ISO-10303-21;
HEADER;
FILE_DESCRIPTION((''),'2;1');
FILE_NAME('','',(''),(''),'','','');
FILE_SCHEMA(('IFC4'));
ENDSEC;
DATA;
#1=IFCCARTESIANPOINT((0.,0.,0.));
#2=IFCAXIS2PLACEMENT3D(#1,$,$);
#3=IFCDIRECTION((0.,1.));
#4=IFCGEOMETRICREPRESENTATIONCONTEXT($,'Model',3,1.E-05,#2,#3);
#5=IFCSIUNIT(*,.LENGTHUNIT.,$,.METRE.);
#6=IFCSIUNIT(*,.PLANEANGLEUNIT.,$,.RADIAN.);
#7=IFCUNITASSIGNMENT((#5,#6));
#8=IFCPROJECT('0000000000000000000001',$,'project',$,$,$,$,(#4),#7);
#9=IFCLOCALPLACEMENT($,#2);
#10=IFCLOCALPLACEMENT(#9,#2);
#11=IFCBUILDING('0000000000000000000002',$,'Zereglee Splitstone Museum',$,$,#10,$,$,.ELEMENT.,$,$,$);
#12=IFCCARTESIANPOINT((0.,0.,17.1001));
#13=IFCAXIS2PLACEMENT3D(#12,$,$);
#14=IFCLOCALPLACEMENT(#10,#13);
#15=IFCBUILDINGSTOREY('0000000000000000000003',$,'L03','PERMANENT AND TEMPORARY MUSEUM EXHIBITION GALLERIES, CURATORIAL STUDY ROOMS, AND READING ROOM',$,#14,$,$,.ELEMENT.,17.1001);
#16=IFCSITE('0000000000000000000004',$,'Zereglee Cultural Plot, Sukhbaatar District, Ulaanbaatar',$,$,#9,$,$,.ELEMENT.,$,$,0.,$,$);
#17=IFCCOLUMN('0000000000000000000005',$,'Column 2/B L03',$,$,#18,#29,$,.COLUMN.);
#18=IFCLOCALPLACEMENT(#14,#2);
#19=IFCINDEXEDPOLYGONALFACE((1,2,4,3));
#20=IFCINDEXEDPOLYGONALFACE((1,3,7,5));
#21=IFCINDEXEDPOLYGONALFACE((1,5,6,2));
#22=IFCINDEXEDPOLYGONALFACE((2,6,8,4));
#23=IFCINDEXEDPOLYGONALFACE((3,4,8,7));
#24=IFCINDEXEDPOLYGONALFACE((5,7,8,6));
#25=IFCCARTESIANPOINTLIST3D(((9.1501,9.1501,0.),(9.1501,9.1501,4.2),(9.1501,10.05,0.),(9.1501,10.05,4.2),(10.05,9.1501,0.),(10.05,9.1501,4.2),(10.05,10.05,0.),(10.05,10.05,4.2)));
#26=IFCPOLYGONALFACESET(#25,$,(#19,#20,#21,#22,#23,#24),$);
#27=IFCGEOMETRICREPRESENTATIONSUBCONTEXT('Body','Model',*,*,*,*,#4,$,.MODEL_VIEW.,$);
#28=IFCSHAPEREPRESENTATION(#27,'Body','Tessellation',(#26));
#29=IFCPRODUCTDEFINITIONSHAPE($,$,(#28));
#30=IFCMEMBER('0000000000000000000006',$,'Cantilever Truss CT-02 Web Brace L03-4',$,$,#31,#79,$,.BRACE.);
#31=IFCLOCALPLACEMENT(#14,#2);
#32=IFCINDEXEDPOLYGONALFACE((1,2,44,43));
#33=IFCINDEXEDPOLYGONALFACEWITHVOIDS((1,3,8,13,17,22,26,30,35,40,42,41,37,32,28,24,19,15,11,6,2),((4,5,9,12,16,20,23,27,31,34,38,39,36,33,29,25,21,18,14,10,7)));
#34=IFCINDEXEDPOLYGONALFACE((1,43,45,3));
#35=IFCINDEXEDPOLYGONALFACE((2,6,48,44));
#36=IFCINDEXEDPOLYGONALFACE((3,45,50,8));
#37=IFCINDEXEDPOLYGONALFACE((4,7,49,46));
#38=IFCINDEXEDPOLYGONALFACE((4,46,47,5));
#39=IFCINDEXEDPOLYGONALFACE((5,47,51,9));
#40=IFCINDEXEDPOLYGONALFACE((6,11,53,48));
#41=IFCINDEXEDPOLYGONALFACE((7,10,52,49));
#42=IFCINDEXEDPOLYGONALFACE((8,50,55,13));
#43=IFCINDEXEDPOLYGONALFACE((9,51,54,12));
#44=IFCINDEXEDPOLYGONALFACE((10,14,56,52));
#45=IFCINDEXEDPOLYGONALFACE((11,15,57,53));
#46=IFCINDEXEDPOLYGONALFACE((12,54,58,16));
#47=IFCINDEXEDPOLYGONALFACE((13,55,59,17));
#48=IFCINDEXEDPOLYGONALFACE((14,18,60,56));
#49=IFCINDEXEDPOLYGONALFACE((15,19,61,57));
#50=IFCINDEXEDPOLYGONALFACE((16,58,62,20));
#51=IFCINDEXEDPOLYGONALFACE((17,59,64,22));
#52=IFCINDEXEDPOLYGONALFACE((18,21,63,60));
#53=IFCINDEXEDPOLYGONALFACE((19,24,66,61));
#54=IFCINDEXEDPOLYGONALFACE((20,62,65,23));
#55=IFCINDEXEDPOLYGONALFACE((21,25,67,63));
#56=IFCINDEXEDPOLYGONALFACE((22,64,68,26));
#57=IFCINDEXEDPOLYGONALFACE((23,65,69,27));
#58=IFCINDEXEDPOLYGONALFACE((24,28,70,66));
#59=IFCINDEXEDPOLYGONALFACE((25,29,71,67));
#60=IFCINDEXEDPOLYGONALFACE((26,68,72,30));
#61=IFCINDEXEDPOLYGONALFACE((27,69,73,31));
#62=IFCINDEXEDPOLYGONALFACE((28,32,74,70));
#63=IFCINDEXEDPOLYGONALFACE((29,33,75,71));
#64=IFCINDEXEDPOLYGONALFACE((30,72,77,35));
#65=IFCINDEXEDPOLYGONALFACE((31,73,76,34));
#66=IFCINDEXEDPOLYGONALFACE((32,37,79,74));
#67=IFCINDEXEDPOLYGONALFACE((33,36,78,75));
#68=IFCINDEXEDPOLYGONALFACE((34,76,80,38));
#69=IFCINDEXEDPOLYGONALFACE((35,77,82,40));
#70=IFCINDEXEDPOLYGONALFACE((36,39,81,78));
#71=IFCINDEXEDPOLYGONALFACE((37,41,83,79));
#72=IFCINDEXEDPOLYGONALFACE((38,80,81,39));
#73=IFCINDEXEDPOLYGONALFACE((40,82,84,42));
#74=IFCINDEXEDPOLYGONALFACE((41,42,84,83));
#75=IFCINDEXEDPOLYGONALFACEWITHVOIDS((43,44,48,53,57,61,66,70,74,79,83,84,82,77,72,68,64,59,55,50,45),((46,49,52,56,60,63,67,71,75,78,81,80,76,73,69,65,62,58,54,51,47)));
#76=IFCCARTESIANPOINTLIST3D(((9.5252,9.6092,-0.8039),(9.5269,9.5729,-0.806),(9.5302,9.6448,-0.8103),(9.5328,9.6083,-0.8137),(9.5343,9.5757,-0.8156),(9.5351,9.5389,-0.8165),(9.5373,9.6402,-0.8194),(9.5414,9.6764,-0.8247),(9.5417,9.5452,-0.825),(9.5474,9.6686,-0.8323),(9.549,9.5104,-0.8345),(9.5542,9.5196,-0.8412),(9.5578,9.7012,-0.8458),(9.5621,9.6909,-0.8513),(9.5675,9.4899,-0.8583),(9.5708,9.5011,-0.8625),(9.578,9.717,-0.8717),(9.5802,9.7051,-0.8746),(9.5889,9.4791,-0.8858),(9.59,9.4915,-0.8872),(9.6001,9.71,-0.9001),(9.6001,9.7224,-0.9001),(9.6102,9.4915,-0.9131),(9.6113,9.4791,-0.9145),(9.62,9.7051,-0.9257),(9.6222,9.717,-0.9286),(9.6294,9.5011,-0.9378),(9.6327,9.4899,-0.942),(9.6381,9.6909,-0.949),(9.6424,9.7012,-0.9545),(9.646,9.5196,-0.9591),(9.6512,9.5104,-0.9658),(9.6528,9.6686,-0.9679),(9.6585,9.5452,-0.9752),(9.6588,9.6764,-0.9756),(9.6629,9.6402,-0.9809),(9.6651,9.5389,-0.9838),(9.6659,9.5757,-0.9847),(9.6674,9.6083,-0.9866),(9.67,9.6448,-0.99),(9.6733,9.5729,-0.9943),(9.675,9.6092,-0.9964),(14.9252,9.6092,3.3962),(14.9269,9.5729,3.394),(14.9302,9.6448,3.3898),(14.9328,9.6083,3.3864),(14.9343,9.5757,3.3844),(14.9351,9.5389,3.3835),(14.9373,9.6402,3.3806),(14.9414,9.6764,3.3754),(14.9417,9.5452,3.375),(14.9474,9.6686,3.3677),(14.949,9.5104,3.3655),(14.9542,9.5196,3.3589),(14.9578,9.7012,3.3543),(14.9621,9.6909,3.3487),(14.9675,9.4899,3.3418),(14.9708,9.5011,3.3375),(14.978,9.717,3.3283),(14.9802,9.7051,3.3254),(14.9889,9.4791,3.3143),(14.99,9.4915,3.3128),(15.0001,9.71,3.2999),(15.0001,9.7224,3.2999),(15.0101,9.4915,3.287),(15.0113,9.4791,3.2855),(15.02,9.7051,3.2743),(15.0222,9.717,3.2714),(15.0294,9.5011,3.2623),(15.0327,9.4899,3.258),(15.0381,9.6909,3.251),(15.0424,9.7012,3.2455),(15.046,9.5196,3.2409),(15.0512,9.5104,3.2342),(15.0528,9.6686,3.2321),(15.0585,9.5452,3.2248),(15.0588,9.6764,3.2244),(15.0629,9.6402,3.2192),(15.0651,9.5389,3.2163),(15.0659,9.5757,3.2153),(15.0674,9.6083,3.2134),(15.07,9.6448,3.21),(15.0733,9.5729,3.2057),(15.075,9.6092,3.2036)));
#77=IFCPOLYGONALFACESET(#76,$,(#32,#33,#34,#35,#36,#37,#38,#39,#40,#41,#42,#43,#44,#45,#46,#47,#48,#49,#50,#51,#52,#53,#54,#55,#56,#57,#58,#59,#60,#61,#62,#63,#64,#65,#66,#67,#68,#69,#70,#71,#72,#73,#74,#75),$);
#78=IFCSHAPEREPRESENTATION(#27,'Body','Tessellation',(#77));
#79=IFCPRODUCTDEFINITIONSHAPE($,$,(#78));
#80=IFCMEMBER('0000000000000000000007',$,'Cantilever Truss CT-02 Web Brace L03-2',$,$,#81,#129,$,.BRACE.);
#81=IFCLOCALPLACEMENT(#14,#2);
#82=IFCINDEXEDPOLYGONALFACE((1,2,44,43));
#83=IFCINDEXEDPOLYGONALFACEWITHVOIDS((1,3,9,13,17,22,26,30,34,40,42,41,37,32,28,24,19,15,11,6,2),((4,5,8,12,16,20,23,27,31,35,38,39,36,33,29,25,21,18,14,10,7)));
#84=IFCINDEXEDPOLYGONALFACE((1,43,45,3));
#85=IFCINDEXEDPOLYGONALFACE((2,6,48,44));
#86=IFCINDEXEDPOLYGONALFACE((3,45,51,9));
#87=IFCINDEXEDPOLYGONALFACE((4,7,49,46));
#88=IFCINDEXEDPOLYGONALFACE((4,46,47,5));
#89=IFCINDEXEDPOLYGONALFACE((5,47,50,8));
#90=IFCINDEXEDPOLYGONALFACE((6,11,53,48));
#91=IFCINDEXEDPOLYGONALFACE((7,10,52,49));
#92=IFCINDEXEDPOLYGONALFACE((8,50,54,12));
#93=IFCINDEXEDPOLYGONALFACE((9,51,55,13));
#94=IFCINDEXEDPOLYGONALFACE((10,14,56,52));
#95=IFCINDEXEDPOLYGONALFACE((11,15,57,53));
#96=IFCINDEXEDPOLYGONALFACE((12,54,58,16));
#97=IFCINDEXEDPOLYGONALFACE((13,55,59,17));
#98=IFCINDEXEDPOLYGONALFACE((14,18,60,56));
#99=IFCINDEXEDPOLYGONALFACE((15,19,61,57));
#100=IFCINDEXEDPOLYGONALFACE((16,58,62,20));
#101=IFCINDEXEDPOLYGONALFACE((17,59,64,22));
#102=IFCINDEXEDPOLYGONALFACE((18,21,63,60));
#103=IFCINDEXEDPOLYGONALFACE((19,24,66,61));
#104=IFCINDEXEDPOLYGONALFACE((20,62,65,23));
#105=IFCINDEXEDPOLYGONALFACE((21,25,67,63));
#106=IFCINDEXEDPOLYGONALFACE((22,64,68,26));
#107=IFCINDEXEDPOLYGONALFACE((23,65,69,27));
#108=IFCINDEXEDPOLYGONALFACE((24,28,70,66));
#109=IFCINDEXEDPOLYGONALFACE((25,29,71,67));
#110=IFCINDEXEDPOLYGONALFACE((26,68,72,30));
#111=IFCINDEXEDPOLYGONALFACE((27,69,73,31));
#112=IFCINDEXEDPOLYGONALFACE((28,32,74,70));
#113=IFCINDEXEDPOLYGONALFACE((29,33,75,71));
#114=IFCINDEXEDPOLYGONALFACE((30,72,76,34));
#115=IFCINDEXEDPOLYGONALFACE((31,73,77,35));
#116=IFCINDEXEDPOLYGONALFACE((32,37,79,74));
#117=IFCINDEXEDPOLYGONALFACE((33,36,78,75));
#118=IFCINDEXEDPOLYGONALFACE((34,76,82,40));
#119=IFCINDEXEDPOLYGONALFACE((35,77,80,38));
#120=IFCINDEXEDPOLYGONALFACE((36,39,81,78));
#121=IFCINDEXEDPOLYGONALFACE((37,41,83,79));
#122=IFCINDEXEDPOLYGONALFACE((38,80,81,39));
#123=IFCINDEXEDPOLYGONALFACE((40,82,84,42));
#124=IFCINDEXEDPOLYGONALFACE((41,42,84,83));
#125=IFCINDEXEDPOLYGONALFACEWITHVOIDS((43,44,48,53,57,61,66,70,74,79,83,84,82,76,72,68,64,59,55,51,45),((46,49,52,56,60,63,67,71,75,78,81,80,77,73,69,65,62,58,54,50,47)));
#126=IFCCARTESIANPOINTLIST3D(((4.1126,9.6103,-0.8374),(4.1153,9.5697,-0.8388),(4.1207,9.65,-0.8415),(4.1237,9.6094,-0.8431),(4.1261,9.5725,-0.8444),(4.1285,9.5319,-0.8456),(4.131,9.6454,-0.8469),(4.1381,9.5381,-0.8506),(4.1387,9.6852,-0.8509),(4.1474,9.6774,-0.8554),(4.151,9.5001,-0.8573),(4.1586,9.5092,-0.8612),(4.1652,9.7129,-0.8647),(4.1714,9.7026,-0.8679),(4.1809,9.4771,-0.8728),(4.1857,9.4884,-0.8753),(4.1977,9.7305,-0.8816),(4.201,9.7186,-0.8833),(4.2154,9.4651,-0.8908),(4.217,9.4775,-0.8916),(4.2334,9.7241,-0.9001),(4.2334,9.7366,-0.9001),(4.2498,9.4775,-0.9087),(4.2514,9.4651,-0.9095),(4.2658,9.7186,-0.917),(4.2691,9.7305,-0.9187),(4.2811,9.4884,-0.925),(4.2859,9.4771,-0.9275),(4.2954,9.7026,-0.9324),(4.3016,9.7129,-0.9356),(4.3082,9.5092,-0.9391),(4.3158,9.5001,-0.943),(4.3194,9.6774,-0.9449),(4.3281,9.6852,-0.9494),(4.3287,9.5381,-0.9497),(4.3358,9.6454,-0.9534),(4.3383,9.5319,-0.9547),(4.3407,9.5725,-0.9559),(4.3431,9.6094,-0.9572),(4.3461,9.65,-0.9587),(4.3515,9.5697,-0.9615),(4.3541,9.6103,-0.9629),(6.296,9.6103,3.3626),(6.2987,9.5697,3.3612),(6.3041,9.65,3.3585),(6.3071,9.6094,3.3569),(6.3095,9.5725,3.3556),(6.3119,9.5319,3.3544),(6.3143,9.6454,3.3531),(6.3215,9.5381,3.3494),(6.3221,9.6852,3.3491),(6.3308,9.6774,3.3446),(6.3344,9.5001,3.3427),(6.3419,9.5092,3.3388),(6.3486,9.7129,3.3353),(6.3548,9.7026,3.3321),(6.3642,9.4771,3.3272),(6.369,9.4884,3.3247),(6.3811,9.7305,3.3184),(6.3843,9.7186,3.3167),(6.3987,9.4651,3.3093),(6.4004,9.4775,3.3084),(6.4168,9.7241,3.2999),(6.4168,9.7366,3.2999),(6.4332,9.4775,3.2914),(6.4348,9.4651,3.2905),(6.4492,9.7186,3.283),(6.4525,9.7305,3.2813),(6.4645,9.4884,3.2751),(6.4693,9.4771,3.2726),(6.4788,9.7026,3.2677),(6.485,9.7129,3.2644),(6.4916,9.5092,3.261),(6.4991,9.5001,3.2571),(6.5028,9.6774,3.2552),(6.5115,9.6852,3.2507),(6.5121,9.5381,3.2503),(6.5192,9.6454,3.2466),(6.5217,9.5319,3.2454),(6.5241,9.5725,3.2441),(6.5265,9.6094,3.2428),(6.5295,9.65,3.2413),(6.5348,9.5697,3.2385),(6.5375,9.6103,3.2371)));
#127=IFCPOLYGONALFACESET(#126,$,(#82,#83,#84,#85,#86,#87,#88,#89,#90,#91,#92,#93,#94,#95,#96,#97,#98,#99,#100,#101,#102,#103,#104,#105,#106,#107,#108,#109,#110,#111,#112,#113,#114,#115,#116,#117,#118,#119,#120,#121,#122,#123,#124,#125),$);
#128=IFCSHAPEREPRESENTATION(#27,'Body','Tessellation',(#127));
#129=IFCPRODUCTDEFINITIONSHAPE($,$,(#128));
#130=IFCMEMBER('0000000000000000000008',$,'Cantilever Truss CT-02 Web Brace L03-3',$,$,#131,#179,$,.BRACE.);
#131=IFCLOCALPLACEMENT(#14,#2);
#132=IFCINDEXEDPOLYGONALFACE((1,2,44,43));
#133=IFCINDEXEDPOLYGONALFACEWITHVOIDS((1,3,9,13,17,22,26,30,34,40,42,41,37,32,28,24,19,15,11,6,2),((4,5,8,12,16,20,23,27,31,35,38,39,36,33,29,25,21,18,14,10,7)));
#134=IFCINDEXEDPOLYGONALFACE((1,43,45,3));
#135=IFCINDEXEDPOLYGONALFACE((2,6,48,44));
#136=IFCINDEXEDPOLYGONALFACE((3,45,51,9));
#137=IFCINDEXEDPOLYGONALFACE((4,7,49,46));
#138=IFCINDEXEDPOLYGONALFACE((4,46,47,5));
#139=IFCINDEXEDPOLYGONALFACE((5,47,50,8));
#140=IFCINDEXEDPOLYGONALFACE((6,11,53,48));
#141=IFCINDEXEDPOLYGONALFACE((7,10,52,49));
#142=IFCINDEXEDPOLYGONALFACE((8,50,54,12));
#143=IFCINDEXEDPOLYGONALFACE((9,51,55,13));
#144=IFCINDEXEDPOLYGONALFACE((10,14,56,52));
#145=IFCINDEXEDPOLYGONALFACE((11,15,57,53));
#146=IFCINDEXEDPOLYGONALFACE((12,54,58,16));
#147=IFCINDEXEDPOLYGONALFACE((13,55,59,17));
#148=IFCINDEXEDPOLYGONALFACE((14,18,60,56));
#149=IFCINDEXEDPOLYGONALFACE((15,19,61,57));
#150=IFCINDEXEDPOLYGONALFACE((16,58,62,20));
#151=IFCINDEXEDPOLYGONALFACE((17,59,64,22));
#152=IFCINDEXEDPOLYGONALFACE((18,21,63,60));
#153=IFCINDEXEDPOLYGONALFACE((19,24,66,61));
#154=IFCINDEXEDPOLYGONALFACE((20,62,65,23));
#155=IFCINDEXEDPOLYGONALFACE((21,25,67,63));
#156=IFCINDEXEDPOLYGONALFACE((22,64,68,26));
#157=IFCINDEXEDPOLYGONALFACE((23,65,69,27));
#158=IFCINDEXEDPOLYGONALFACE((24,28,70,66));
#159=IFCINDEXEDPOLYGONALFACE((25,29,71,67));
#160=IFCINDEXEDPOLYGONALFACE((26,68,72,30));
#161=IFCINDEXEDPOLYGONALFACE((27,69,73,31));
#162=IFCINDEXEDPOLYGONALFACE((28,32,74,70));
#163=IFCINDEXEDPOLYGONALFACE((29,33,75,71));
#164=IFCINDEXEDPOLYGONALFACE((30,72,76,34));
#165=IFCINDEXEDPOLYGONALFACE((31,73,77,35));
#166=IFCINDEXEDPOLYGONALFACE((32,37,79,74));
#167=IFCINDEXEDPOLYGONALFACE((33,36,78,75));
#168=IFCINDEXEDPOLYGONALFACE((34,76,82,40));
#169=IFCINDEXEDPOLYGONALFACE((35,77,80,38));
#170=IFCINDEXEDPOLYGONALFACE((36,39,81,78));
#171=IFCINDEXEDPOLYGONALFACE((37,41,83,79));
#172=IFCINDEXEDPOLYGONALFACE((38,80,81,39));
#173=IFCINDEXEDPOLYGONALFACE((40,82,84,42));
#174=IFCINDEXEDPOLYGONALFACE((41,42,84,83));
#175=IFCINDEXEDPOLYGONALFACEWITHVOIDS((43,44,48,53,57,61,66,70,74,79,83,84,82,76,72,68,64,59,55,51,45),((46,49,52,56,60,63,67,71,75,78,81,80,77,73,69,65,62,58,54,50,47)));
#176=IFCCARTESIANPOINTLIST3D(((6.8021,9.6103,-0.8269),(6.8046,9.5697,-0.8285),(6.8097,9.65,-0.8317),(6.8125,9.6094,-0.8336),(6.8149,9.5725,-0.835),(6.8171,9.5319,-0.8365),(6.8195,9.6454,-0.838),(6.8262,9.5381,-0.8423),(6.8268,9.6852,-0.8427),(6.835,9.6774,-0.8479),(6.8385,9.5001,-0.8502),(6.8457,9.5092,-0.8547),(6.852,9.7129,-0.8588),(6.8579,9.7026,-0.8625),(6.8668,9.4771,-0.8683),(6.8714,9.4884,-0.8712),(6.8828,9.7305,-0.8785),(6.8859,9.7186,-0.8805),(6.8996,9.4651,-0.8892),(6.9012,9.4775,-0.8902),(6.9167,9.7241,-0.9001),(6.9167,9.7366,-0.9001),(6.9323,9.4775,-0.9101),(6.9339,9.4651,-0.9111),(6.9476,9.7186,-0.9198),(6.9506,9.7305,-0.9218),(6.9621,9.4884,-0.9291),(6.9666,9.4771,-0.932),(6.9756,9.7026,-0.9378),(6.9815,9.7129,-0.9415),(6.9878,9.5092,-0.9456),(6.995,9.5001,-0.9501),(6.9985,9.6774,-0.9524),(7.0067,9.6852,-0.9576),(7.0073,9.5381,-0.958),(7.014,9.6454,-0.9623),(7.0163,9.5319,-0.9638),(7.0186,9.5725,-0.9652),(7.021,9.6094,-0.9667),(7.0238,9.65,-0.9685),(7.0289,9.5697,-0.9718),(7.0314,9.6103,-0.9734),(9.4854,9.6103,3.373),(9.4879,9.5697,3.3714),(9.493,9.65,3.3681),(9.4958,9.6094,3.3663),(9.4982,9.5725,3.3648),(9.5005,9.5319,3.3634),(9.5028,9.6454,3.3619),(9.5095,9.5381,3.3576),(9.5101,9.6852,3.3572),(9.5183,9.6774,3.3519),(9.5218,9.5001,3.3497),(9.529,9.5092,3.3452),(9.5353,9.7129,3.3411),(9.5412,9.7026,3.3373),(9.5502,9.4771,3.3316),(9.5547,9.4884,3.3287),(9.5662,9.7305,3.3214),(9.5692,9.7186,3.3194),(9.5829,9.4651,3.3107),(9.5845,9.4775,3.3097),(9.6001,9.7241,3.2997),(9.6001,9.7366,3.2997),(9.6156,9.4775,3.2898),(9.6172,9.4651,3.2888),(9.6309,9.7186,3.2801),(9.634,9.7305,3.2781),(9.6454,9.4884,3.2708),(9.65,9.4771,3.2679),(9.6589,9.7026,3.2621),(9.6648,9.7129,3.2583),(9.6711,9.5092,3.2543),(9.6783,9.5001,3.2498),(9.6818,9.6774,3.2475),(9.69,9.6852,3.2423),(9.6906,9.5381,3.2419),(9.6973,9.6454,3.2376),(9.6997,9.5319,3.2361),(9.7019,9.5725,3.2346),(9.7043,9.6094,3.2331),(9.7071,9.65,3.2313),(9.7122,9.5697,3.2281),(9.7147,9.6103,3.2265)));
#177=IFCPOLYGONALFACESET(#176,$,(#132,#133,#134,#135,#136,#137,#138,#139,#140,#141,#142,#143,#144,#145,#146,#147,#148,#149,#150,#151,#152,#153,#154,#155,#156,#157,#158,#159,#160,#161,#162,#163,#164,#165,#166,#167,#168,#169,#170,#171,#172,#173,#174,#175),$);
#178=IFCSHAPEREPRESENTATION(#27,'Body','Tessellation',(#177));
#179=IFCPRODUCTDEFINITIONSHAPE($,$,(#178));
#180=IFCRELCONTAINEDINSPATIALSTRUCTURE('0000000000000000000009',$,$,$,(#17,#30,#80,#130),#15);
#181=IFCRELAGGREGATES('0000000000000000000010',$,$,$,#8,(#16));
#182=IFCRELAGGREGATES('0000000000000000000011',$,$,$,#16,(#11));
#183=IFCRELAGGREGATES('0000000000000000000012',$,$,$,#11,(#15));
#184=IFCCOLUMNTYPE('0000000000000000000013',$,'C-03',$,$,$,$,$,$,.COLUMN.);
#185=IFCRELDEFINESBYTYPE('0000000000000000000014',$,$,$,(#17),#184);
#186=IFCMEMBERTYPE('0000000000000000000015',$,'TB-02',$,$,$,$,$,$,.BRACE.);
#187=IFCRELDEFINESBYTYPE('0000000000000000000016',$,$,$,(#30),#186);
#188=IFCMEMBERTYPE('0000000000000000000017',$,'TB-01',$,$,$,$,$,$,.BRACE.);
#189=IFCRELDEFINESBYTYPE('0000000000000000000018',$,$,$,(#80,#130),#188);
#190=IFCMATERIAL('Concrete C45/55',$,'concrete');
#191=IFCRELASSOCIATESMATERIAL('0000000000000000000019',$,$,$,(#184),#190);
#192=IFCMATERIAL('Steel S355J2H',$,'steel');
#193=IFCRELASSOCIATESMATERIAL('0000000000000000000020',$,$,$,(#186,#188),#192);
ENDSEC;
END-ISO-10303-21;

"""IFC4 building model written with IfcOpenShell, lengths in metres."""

from ifc_helpers import new_model, si_unit, direction, frame, origin, origin_2d, place, context, subcontext, project, spatial, rectangle, hollow_circle, extrude, material, material_profile, profile_set, type_object, element, save


model = new_model("IFC4")

# Units and contexts
model_context = context("Model", 3, precision=1e-05, world=origin(), true_north=direction((0.0, 1.0)))
body_context = subcontext(model_context, "Body", "Model", "MODEL_VIEW")
ifc_project = project(units=[si_unit("LENGTHUNIT", "METRE"), si_unit("PLANEANGLEUNIT", "RADIAN")], contexts=[model_context])

# Site, building, storey
site_placement = place(None, origin())
site = spatial("IfcSite", under=ifc_project, at=site_placement, Name="Zereglee Cultural Plot, Sukhbaatar District, Ulaanbaatar", CompositionType="ELEMENT", RefElevation=0.0)
building_placement = place(site_placement, origin())
building = spatial("IfcBuilding", under=site, at=building_placement, Name="Zereglee Splitstone Museum", CompositionType="ELEMENT")
storey_placement = place(building_placement, frame((0.0, 0.0, 17.1001)))
storey = spatial("IfcBuildingStorey", under=building, at=storey_placement, Name="L03", Description="PERMANENT AND TEMPORARY MUSEUM EXHIBITION GALLERIES, CURATORIAL STUDY ROOMS, AND READING ROOM", CompositionType="ELEMENT", Elevation=17.1001)

# Column
ifc_material_1 = material(Name="Concrete C45/55", Category="concrete")
ifc_material_profile_1 = material_profile(ifc_material_1, rectangle(XDim=0.8999, YDim=0.8999, at=origin_2d()), Name="RC 900x900")
ifc_profile_set_1 = profile_set([ifc_material_profile_1], Name="Concrete C45/55")
column_type = type_object("IfcColumnType", Name="C-03", PredefinedType="COLUMN", material=ifc_profile_set_1)
column_placement = place(storey_placement, frame((9.6001, 9.6001, 0.0), z_axis=(0.0, 0.0, 1.0), x_axis=(1.0, 0.0, 0.0)))
element("IfcColumn", 1, at=column_placement, inside=storey, type_object=column_type, Name="Column 2/B L03", PredefinedType="COLUMN", context=body_context, shape_type="SweptSolid", body=[
    extrude(rectangle(XDim=0.8999, YDim=0.8999, at=origin_2d()), origin(), (0.0, 0.0, 1.0), 4.2),
])

# Members
ifc_material_2 = material(Name="Steel S355J2H", Category="steel")
ifc_material_profile_2 = material_profile(ifc_material_2, hollow_circle(Radius=0.1223, WallThickness=0.0125, at=origin_2d()), Name="CHS 244.5x12.5")
ifc_profile_set_2 = profile_set([ifc_material_profile_2], Name="Steel S355J2H")
member_type_1 = type_object("IfcMemberType", Name="TB-02", PredefinedType="BRACE", material=ifc_profile_set_2)
member_1_placement = place(storey_placement, frame((9.6001, 9.6001, -0.9001), z_axis=(0.78935, 0.0, 0.613943), x_axis=(0.0, 1.0, 0.0)))
element("IfcMember", 2, at=member_1_placement, inside=storey, type_object=member_type_1, Name="Cantilever Truss CT-02 Web Brace L03-4", PredefinedType="BRACE", context=body_context, shape_type="SweptSolid", body=[
    extrude(hollow_circle(Radius=0.1223, WallThickness=0.0125, at=origin_2d()), origin(), (0.0, 0.0, 1.0), 6.8411),
])
ifc_material_profile_3 = material_profile(ifc_material_2, hollow_circle(Radius=0.1365, WallThickness=0.0125, at=origin_2d()), Name="CHS 273.0x12.5")
ifc_profile_set_3 = profile_set([ifc_material_profile_3], Name="Steel S355J2H")
member_type_2 = type_object("IfcMemberType", Name="TB-01", PredefinedType="BRACE", material=ifc_profile_set_3)
member_2_placement = place(storey_placement, frame((4.2334, 9.6001, -0.9001), z_axis=(0.461249, 0.0, 0.887271), x_axis=(0.0, 1.0, 0.0)))
element("IfcMember", 3, at=member_2_placement, inside=storey, type_object=member_type_2, Name="Cantilever Truss CT-02 Web Brace L03-2", PredefinedType="BRACE", context=body_context, shape_type="SweptSolid", body=[
    extrude(hollow_circle(Radius=0.1365, WallThickness=0.0125, at=origin_2d()), origin(), (0.0, 0.0, 1.0), 4.7336),
])
member_3_placement = place(storey_placement, frame((6.9167, 9.6001, -0.9001), z_axis=(0.538396, 0.0, 0.842692), x_axis=(0.0, 1.0, 0.0)))
element("IfcMember", 4, at=member_3_placement, inside=storey, type_object=member_type_2, Name="Cantilever Truss CT-02 Web Brace L03-3", PredefinedType="BRACE", context=body_context, shape_type="SweptSolid", body=[
    extrude(hollow_circle(Radius=0.1365, WallThickness=0.0125, at=origin_2d()), origin(), (0.0, 0.0, 1.0), 4.9839),
])

save(model, "model.ifc")
